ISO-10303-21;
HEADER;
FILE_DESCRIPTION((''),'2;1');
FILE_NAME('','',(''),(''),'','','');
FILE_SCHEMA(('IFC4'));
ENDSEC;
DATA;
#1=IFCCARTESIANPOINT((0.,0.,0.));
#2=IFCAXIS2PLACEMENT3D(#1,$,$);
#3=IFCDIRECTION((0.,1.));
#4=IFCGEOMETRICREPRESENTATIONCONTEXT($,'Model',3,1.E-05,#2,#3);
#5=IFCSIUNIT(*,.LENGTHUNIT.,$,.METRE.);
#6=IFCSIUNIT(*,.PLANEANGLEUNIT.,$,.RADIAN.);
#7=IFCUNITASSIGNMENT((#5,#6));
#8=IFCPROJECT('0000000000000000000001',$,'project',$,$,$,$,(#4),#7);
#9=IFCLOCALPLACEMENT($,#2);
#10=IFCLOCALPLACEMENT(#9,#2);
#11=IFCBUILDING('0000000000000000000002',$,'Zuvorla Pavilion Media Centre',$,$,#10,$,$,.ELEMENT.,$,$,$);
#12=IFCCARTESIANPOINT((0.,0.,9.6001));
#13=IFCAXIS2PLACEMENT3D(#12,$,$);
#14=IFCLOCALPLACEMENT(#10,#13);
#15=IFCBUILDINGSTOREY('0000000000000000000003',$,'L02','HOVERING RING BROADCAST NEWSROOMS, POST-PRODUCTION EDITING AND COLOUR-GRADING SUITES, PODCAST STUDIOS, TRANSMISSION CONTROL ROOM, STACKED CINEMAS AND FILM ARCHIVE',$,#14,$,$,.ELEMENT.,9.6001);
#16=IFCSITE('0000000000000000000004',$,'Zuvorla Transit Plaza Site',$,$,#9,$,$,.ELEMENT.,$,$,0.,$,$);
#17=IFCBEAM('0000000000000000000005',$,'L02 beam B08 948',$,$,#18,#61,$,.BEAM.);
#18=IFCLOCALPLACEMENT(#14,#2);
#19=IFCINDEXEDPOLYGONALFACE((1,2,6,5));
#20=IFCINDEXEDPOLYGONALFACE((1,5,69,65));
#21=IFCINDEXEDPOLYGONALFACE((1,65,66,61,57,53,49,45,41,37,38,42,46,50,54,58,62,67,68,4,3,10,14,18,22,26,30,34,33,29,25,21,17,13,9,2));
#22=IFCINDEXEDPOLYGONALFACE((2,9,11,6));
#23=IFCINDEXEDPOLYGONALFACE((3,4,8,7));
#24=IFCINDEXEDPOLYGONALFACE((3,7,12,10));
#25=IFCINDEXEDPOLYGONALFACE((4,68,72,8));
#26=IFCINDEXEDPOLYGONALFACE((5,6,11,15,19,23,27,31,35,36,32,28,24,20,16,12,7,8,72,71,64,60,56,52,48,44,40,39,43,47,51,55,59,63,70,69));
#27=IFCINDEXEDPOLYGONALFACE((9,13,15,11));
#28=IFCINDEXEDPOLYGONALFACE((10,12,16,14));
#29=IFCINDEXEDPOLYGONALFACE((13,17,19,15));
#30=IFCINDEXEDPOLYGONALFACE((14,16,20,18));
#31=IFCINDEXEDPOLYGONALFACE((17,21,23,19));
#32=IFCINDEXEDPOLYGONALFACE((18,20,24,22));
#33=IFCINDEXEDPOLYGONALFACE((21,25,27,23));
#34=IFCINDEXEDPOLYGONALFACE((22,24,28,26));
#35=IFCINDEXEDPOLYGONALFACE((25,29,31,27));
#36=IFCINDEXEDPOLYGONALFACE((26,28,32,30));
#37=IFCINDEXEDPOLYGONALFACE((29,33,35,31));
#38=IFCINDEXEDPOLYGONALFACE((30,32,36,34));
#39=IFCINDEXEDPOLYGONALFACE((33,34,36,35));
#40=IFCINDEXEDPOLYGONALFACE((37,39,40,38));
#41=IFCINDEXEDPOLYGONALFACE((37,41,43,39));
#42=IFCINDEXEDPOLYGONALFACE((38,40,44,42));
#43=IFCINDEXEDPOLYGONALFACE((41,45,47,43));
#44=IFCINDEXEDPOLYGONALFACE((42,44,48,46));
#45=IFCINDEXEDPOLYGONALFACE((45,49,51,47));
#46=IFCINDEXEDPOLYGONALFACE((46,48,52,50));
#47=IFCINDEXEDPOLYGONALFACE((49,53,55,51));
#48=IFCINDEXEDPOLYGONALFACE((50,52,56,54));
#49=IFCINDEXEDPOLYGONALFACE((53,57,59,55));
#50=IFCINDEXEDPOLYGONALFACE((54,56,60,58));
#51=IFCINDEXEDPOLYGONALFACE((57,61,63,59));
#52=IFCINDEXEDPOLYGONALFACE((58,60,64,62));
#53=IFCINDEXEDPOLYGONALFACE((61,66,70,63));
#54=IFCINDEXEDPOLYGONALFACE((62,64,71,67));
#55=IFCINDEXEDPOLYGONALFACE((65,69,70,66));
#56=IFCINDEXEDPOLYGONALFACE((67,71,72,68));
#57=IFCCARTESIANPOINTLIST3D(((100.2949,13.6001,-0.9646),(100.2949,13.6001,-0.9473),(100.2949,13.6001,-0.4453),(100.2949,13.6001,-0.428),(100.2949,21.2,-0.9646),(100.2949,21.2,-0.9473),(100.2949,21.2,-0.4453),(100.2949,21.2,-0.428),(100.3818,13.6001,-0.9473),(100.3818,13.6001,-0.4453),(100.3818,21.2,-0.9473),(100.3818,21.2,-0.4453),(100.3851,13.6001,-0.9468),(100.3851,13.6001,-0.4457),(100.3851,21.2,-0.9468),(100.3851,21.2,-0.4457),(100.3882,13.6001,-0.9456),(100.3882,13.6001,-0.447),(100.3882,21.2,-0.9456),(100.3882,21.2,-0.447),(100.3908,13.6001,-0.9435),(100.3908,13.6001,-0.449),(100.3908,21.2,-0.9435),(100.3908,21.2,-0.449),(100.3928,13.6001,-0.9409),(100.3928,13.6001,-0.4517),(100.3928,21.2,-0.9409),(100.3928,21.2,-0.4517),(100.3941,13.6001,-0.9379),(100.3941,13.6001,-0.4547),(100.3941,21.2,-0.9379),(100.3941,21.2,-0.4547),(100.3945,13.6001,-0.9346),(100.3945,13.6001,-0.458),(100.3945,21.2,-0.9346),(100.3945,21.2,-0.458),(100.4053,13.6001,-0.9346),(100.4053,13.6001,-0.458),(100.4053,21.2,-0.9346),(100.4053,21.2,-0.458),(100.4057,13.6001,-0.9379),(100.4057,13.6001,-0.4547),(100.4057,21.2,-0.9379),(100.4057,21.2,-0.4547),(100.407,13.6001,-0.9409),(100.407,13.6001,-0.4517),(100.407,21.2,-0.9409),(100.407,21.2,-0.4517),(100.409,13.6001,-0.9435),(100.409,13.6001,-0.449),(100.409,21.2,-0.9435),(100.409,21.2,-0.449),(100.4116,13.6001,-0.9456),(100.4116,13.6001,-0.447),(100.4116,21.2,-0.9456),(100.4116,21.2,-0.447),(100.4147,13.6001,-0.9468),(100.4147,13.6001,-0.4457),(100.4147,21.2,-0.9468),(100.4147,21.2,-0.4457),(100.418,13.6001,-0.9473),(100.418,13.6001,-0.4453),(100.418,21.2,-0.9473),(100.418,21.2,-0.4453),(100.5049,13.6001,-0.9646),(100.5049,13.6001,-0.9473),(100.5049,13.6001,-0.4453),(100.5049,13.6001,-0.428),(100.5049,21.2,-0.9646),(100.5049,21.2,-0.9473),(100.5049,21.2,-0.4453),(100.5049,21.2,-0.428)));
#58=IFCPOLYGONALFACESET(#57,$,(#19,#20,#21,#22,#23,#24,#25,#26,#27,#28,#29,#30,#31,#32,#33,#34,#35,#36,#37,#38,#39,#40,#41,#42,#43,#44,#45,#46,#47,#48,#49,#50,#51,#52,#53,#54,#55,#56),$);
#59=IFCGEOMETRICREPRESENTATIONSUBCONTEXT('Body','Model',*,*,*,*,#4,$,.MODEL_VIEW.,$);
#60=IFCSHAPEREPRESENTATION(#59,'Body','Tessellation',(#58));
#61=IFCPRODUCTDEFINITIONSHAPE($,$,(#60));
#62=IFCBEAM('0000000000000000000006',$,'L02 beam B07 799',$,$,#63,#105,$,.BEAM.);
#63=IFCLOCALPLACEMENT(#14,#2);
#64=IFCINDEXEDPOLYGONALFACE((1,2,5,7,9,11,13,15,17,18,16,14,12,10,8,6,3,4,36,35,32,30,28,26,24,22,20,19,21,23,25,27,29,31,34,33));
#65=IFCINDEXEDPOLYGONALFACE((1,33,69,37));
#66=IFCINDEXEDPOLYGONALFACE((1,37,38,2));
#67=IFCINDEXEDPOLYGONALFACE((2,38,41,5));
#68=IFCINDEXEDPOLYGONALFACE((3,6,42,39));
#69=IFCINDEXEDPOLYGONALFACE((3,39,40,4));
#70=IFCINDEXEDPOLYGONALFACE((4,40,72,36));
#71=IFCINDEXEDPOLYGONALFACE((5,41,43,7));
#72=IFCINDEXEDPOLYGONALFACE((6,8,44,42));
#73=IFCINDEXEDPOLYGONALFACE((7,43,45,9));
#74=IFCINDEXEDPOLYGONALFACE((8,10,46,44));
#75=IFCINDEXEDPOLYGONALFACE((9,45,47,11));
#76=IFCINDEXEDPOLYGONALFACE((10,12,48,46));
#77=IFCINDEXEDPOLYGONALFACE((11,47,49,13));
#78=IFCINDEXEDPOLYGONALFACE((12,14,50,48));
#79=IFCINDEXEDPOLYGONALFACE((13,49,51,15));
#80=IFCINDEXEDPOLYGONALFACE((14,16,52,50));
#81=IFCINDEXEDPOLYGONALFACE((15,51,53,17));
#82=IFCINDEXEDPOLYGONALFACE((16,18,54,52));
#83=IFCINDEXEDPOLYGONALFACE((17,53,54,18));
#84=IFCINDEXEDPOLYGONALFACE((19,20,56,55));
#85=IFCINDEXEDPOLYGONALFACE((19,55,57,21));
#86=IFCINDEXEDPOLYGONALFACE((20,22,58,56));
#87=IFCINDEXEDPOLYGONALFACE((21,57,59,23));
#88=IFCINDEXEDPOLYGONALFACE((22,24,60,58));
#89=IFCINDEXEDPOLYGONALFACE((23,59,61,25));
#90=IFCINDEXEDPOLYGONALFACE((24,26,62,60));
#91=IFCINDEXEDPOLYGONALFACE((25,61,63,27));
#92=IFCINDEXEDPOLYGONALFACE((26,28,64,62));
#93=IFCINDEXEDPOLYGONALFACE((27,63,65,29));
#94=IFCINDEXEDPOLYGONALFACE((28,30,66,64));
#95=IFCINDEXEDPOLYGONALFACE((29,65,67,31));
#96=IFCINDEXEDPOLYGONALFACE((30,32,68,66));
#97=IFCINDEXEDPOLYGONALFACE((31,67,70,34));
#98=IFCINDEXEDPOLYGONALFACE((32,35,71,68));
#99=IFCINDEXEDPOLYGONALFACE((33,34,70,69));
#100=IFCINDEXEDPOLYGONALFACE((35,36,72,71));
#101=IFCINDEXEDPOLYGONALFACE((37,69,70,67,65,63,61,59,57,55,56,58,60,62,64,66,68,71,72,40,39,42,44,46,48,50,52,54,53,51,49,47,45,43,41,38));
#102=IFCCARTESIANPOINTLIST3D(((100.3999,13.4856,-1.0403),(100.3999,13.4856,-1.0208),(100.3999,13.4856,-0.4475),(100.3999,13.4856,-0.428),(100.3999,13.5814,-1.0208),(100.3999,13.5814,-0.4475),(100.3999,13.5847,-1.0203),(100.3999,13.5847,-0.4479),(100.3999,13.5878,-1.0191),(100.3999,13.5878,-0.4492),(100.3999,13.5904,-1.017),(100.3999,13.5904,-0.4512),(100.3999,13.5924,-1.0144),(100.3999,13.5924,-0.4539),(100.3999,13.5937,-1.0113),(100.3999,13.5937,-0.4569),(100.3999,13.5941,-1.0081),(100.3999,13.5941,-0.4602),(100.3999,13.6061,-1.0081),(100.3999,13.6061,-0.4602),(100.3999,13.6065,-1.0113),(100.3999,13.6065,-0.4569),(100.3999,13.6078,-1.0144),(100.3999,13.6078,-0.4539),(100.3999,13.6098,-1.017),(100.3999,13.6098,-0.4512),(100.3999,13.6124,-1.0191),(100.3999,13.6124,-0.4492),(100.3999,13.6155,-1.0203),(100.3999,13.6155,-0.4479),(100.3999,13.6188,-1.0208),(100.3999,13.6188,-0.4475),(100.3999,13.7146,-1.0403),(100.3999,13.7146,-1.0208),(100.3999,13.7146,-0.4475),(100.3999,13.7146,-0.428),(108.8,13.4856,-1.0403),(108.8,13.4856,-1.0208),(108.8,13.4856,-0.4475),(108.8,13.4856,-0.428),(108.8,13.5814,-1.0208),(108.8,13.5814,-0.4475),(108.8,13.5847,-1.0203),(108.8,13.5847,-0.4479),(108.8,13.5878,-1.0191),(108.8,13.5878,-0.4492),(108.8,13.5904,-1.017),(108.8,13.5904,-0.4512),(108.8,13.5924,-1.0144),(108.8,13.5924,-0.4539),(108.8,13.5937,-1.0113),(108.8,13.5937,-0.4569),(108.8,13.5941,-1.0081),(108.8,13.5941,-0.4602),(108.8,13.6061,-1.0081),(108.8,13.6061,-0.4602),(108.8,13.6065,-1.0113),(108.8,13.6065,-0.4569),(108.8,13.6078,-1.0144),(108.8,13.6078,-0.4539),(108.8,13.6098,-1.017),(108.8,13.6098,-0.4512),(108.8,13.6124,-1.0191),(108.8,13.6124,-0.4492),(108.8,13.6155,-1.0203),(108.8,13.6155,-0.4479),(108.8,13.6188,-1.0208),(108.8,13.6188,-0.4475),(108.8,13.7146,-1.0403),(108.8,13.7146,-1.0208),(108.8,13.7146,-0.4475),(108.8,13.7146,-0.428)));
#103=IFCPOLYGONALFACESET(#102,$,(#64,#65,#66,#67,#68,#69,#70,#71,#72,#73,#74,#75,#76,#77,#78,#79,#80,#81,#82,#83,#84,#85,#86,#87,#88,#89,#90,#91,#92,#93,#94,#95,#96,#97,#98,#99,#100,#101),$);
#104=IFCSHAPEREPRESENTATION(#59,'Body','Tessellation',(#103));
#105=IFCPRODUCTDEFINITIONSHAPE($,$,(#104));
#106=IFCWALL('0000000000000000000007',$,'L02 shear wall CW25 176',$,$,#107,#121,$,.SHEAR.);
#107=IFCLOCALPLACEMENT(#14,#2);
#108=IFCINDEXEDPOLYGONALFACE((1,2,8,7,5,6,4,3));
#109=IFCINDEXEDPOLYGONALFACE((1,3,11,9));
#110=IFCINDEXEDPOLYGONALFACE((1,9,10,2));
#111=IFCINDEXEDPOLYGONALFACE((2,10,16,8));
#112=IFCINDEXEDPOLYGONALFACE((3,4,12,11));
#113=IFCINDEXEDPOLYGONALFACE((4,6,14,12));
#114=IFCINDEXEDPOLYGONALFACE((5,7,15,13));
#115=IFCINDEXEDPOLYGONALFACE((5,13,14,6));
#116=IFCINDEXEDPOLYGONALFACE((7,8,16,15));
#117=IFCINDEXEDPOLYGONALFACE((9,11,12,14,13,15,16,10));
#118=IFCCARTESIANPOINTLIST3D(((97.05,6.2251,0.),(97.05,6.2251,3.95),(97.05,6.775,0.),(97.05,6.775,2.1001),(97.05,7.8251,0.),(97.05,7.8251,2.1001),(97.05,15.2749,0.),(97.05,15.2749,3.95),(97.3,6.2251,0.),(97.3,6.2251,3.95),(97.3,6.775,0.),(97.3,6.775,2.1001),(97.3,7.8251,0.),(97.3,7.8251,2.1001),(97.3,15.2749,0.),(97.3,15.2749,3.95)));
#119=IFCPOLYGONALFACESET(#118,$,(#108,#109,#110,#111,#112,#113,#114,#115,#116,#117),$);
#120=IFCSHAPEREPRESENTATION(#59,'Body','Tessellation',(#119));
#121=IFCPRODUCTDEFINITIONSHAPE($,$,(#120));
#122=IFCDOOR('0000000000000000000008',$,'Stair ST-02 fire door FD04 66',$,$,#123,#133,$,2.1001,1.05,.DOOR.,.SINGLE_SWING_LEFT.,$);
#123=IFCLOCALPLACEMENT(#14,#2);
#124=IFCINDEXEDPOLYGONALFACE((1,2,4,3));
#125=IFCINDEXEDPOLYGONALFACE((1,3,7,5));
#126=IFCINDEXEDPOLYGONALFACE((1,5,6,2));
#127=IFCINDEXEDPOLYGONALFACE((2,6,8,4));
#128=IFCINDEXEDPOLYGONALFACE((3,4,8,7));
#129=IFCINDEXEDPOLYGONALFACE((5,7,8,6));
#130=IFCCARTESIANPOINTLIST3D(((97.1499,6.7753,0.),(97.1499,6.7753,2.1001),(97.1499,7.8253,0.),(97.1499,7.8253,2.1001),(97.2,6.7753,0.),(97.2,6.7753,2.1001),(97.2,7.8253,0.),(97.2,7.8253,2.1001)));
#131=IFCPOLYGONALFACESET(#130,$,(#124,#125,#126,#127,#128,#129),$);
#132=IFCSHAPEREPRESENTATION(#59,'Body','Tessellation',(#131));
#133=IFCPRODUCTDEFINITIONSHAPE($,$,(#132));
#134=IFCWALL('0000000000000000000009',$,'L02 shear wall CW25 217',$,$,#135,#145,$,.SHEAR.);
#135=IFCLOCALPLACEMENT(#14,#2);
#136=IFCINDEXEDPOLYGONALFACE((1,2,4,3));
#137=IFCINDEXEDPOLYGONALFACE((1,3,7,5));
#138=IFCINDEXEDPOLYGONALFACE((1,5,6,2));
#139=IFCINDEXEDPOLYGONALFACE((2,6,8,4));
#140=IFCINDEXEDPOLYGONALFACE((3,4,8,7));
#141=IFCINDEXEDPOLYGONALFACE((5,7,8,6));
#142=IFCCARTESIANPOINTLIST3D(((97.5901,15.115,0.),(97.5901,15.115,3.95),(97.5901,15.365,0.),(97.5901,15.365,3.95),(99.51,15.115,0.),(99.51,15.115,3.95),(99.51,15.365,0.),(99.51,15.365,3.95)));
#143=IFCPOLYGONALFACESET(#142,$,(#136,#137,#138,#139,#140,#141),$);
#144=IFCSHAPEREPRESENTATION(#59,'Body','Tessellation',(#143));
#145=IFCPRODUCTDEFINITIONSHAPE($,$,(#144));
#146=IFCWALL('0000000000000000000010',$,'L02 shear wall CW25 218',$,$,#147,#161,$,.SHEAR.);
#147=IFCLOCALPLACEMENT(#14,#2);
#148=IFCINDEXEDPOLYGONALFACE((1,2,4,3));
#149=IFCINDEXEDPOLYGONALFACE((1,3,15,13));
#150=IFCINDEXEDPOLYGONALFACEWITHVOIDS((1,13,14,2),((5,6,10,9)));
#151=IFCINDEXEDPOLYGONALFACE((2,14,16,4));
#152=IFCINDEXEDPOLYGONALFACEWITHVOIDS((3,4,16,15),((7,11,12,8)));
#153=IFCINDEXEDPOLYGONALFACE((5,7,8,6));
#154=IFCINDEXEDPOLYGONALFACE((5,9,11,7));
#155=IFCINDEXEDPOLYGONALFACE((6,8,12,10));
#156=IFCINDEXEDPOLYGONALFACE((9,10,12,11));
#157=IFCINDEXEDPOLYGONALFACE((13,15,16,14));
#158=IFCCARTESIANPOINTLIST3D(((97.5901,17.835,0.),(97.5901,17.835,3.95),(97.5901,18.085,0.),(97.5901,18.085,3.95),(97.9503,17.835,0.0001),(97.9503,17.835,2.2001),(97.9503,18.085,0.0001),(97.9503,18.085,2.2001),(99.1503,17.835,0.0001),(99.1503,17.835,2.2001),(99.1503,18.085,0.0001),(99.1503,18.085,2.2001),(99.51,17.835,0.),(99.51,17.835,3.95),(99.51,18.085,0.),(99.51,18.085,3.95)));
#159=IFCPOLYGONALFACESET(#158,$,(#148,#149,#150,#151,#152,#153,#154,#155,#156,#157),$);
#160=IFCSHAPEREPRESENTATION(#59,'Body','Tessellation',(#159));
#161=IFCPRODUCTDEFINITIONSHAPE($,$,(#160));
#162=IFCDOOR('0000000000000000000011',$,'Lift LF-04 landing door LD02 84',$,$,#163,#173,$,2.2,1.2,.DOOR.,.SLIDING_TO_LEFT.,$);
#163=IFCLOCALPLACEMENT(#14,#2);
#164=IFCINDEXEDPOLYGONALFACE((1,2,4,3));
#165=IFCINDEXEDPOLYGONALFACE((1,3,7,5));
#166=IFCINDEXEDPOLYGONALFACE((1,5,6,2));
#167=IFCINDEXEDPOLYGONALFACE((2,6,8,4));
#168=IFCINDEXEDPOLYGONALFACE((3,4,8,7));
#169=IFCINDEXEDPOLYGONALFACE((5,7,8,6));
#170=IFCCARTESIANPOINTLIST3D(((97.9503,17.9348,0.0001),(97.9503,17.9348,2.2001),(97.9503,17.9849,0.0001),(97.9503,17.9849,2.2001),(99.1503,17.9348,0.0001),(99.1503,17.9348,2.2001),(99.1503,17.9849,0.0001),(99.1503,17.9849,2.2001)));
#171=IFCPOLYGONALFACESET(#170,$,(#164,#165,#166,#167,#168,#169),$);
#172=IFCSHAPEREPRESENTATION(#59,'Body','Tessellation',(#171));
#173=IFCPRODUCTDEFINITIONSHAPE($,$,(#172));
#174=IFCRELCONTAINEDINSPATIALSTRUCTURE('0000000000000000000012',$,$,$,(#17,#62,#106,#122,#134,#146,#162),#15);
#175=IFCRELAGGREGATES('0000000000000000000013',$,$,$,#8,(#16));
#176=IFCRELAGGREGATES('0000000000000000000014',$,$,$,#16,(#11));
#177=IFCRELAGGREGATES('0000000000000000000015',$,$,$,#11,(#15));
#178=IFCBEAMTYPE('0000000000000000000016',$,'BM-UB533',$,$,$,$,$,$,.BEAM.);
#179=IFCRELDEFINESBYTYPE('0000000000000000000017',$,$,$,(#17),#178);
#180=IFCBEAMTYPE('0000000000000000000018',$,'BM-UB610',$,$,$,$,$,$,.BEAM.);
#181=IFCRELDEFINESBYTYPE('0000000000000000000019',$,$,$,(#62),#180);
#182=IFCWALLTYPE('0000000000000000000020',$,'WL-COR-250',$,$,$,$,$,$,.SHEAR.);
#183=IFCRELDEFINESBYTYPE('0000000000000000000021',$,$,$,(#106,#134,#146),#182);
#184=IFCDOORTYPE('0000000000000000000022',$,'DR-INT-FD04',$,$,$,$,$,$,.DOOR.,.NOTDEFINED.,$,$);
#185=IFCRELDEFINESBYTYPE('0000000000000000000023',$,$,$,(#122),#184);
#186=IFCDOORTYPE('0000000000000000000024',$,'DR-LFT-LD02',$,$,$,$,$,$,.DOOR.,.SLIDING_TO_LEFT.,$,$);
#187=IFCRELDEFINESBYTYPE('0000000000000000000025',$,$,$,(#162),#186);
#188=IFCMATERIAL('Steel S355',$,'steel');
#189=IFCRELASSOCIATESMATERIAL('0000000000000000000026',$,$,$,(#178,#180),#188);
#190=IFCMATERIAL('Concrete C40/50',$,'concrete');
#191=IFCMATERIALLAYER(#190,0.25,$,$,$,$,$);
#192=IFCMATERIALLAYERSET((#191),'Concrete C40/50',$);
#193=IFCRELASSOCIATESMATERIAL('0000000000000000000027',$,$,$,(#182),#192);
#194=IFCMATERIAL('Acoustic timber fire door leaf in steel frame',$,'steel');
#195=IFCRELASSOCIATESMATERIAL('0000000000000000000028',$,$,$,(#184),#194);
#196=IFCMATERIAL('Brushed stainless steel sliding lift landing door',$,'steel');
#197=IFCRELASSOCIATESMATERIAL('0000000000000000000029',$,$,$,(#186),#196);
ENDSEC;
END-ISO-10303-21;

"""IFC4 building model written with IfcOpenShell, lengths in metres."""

from ifc_helpers import new_model, si_unit, direction, frame, frame_2d, origin, origin_2d, place, context, subcontext, project, spatial, rectangle, i_section, extrude, material, layer, layer_set, material_profile, profile_set, type_object, element, fill, save


model = new_model("IFC4")

# Units and contexts
model_context = context("Model", 3, precision=1e-05, world=origin(), true_north=direction((0.0, 1.0)))
body_context = subcontext(model_context, "Body", "Model", "MODEL_VIEW")
ifc_project = project(units=[si_unit("LENGTHUNIT", "METRE"), si_unit("PLANEANGLEUNIT", "RADIAN")], contexts=[model_context])

# Site, building, storey
site_placement = place(None, origin())
site = spatial("IfcSite", under=ifc_project, at=site_placement, Name="Zuvorla Transit Plaza Site", CompositionType="ELEMENT", RefElevation=0.0)
building_placement = place(site_placement, origin())
building = spatial("IfcBuilding", under=site, at=building_placement, Name="Zuvorla Pavilion Media Centre", CompositionType="ELEMENT")
storey_placement = place(building_placement, frame((0.0, 0.0, 9.6001)))
storey = spatial("IfcBuildingStorey", under=building, at=storey_placement, Name="L02", Description="HOVERING RING BROADCAST NEWSROOMS, POST-PRODUCTION EDITING AND COLOUR-GRADING SUITES, PODCAST STUDIOS, TRANSMISSION CONTROL ROOM, STACKED CINEMAS AND FILM ARCHIVE", CompositionType="ELEMENT", Elevation=9.6001)

# Shared definitions
ifc_material_1 = material(Name="Concrete C40/50", Category="concrete")

# Beams
ifc_material_2 = material(Name="Steel S355", Category="steel")
ifc_material_profile_1 = material_profile(ifc_material_2, i_section(OverallWidth=0.21, OverallDepth=0.5366, WebThickness=0.0107, FlangeThickness=0.0173, FilletRadius=0.0127, at=origin_2d()), Name="UB 533x210x101")
ifc_profile_set_1 = profile_set([ifc_material_profile_1], Name="Steel S355")
beam_type_1 = type_object("IfcBeamType", Name="BM-UB533", PredefinedType="BEAM", material=ifc_profile_set_1)
beam_1_placement = place(storey_placement, frame((100.3999, 13.6001, -0.6963), z_axis=(0.0, 1.0, 0.0), x_axis=(-1.0, 0.0, 0.0)))
element("IfcBeam", 1, at=beam_1_placement, inside=storey, type_object=beam_type_1, Name="L02 beam B08 948", PredefinedType="BEAM", context=body_context, shape_type="SweptSolid", body=[
    extrude(i_section(OverallWidth=0.21, OverallDepth=0.5366, WebThickness=0.0107, FlangeThickness=0.0173, FilletRadius=0.0127, at=origin_2d()), origin(), (0.0, 0.0, 1.0), 7.5999),
])
ifc_material_profile_2 = material_profile(ifc_material_2, i_section(OverallWidth=0.229, OverallDepth=0.6123, WebThickness=0.012, FlangeThickness=0.0195, FilletRadius=0.0127, at=origin_2d()), Name="UB 610x229x125")
ifc_profile_set_2 = profile_set([ifc_material_profile_2], Name="Steel S355")
beam_type_2 = type_object("IfcBeamType", Name="BM-UB610", PredefinedType="BEAM", material=ifc_profile_set_2)
beam_2_placement = place(storey_placement, frame((100.3999, 13.6001, -0.7341), z_axis=(1.0, 0.0, 0.0), x_axis=(0.0, 1.0, 0.0)))
element("IfcBeam", 2, at=beam_2_placement, inside=storey, type_object=beam_type_2, Name="L02 beam B07 799", PredefinedType="BEAM", context=body_context, shape_type="SweptSolid", body=[
    extrude(i_section(OverallWidth=0.229, OverallDepth=0.6123, WebThickness=0.012, FlangeThickness=0.0195, FilletRadius=0.0127, at=origin_2d()), origin(), (0.0, 0.0, 1.0), 8.4001),
])

# Wall, opening, door
ifc_layer_1 = layer(ifc_material_1, 0.25)
ifc_layer_set_1 = layer_set([ifc_layer_1], Name="Concrete C40/50")
wall_type_1 = type_object("IfcWallType", Name="WL-COR-250", PredefinedType="SHEAR", material=ifc_layer_set_1)
wall_1_placement = place(storey_placement, frame((97.175, 6.2251, 0.0), z_axis=(0.0, 0.0, 1.0), x_axis=(0.0, 1.0, 0.0)))
wall_1 = element("IfcWall", 3, at=wall_1_placement, inside=storey, type_object=wall_type_1, Name="L02 shear wall CW25 176", PredefinedType="SHEAR", context=body_context, shape_type="SweptSolid", body=[
    extrude(rectangle(XDim=9.0498, YDim=0.25, at=frame_2d((4.5249, 0.0))), origin(), (0.0, 0.0, 1.0), 3.95),
])
opening_1_placement = place(wall_1_placement, frame((0.55, 0.0, 0.0)))
opening_1 = element("IfcOpeningElement", 4, at=opening_1_placement, cuts=wall_1, PredefinedType="OPENING", context=body_context, shape_type="SweptSolid", body=[
    extrude(rectangle(XDim=1.05, YDim=2.1001, at=frame_2d((0.5249, 1.05))), frame((0.0, 0.135, 0.0), z_axis=(0.0, -1.0, 0.0), x_axis=(1.0, 0.0, 0.0)), (0.0, 0.0, 1.0), 0.27),
])
ifc_material_3 = material(Name="Acoustic timber fire door leaf in steel frame", Category="steel")
door_type_1 = type_object("IfcDoorType", Name="DR-INT-FD04", OperationType="NOTDEFINED", PredefinedType="DOOR", material=ifc_material_3)
door_1_placement = place(opening_1_placement, frame((1.05, 0.0, 0.0), z_axis=(0.0, 0.0, 1.0), x_axis=(-1.0, 0.0, 0.0)))
door_1 = element("IfcDoor", 5, at=door_1_placement, inside=storey, type_object=door_type_1, Name="Stair ST-02 fire door FD04 66", OperationType="SINGLE_SWING_LEFT", OverallHeight=2.1001, OverallWidth=1.05, PredefinedType="DOOR", context=body_context, shape_type="SweptSolid", body=[
    extrude(rectangle(XDim=1.05, YDim=2.1001, at=frame_2d((0.5249, 1.05))), frame((0.0, 0.0249, 0.0), z_axis=(0.0, -1.0, 0.0), x_axis=(1.0, 0.0, 0.0)), (0.0, 0.0, 1.0), 0.05),
])
fill(opening_1, door_1)

# Wall
wall_2_placement = place(storey_placement, frame((97.5901, 15.24, 0.0), z_axis=(0.0, 0.0, 1.0), x_axis=(1.0, 0.0, 0.0)))
element("IfcWall", 6, at=wall_2_placement, inside=storey, type_object=wall_type_1, Name="L02 shear wall CW25 217", PredefinedType="SHEAR", context=body_context, shape_type="SweptSolid", body=[
    extrude(rectangle(XDim=1.9199, YDim=0.25, at=frame_2d((0.96, 0.0))), origin(), (0.0, 0.0, 1.0), 3.95),
])

# Wall, opening, door
wall_3_placement = place(storey_placement, frame((97.5901, 17.96, 0.0), z_axis=(0.0, 0.0, 1.0), x_axis=(1.0, 0.0, 0.0)))
wall_3 = element("IfcWall", 7, at=wall_3_placement, inside=storey, type_object=wall_type_1, Name="L02 shear wall CW25 218", PredefinedType="SHEAR", context=body_context, shape_type="SweptSolid", body=[
    extrude(rectangle(XDim=1.9199, YDim=0.25, at=frame_2d((0.96, 0.0))), origin(), (0.0, 0.0, 1.0), 3.95),
])
opening_2_placement = place(wall_3_placement, frame((0.3601, 0.0, 0.0)))
opening_2 = element("IfcOpeningElement", 8, at=opening_2_placement, cuts=wall_3, PredefinedType="OPENING", context=body_context, shape_type="SweptSolid", body=[
    extrude(rectangle(XDim=1.2, YDim=2.2, at=frame_2d((0.6001, 1.1001))), frame((0.0, 0.135, 0.0), z_axis=(0.0, -1.0, 0.0), x_axis=(1.0, 0.0, 0.0)), (0.0, 0.0, 1.0), 0.27),
])
ifc_material_4 = material(Name="Brushed stainless steel sliding lift landing door", Category="steel")
door_type_2 = type_object("IfcDoorType", Name="DR-LFT-LD02", OperationType="SLIDING_TO_LEFT", PredefinedType="DOOR", material=ifc_material_4)
door_2_placement = place(opening_2_placement, origin())
door_2 = element("IfcDoor", 9, at=door_2_placement, inside=storey, type_object=door_type_2, Name="Lift LF-04 landing door LD02 84", OperationType="SLIDING_TO_LEFT", OverallHeight=2.2, OverallWidth=1.2, PredefinedType="DOOR", context=body_context, shape_type="SweptSolid", body=[
    extrude(rectangle(XDim=1.2, YDim=2.2, at=frame_2d((0.6001, 1.1001))), frame((0.0, 0.0249, 0.0), z_axis=(0.0, -1.0, 0.0), x_axis=(1.0, 0.0, 0.0)), (0.0, 0.0, 1.0), 0.05),
])
fill(opening_2, door_2)

save(model, "model.ifc")
